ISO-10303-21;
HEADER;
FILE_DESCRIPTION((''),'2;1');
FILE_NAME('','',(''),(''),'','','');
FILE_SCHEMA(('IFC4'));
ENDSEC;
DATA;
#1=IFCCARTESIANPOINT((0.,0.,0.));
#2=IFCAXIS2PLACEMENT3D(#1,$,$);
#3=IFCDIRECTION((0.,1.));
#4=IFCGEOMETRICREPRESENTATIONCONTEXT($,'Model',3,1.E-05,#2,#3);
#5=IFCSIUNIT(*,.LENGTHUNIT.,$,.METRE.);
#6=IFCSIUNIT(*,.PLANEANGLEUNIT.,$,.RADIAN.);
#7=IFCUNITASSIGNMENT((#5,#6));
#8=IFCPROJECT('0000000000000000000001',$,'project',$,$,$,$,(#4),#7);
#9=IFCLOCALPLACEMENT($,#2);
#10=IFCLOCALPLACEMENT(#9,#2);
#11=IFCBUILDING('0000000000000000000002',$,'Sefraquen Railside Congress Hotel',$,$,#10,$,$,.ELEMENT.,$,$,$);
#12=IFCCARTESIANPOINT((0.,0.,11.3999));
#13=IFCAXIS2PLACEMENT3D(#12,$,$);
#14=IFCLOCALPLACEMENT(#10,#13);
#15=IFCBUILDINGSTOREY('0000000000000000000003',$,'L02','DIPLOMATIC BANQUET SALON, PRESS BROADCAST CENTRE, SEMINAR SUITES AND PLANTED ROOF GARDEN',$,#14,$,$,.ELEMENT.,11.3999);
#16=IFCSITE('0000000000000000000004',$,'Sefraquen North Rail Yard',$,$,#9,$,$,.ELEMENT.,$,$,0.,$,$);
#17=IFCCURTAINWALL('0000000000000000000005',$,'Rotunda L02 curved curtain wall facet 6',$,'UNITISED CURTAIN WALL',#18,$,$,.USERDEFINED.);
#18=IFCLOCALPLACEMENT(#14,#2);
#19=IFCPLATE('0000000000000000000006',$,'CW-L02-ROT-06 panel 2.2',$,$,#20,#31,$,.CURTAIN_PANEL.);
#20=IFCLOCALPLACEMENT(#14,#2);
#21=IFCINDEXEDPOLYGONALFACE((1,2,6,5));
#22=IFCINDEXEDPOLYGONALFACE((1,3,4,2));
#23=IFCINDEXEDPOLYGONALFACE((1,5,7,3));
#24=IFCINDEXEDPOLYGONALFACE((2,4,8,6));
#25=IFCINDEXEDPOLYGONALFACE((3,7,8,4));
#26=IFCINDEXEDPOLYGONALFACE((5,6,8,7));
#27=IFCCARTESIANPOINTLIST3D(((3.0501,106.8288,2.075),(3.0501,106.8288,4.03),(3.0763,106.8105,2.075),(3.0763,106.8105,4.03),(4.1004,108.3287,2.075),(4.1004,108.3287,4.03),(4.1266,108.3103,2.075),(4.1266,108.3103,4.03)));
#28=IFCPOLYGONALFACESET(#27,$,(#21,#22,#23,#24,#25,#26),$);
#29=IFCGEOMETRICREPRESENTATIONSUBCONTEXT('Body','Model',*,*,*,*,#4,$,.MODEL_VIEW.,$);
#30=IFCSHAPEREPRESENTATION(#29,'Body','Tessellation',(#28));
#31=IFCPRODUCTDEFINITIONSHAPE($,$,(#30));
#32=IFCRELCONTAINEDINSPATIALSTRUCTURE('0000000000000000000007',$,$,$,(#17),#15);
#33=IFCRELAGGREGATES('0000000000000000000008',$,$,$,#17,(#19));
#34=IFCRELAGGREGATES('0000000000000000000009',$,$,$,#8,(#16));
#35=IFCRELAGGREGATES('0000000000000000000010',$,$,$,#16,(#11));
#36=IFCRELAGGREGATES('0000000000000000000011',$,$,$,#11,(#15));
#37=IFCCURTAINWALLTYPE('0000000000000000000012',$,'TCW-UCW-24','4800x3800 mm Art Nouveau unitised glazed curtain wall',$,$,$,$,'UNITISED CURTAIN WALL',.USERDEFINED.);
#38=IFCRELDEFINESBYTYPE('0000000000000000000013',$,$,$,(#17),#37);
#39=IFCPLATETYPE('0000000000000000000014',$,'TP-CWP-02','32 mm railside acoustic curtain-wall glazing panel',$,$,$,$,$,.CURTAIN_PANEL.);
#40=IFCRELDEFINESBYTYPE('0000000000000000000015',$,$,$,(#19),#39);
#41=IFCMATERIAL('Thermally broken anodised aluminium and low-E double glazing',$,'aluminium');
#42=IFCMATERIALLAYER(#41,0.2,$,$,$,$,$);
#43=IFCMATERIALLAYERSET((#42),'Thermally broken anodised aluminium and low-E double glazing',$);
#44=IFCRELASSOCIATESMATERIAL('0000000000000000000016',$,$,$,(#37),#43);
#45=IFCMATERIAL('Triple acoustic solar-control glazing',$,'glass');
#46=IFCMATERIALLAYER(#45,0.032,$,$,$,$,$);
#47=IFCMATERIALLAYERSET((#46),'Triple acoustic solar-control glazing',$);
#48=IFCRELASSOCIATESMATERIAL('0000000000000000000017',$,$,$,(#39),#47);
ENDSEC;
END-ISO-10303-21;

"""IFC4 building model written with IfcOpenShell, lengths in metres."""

from ifc_helpers import new_model, si_unit, direction, frame, origin, origin_2d, place, context, subcontext, project, spatial, rectangle, extrude, material, layer, layer_set, type_object, element, aggregate, save


model = new_model("IFC4")

# Units and contexts
model_context = context("Model", 3, precision=1e-05, world=origin(), true_north=direction((0.0, 1.0)))
body_context = subcontext(model_context, "Body", "Model", "MODEL_VIEW")
ifc_project = project(units=[si_unit("LENGTHUNIT", "METRE"), si_unit("PLANEANGLEUNIT", "RADIAN")], contexts=[model_context])

# Site, building, storey
site_placement = place(None, origin())
site = spatial("IfcSite", under=ifc_project, at=site_placement, Name="Sefraquen North Rail Yard", CompositionType="ELEMENT", RefElevation=0.0)
building_placement = place(site_placement, origin())
building = spatial("IfcBuilding", under=site, at=building_placement, Name="Sefraquen Railside Congress Hotel", CompositionType="ELEMENT")
storey_placement = place(building_placement, frame((0.0, 0.0, 11.3999)))
storey = spatial("IfcBuildingStorey", under=building, at=storey_placement, Name="L02", Description="DIPLOMATIC BANQUET SALON, PRESS BROADCAST CENTRE, SEMINAR SUITES AND PLANTED ROOF GARDEN", CompositionType="ELEMENT", Elevation=11.3999)

# Curtain wall
ifc_material_1 = material(Name="Thermally broken anodised aluminium and low-E double glazing", Category="aluminium")
ifc_layer_1 = layer(ifc_material_1, 0.2)
ifc_layer_set_1 = layer_set([ifc_layer_1], Name="Thermally broken anodised aluminium and low-E double glazing")
curtain_wall_type_1 = type_object("IfcCurtainWallType", Name="TCW-UCW-24", Description="4800x3800 mm Art Nouveau unitised glazed curtain wall", ElementType="UNITISED CURTAIN WALL", PredefinedType="USERDEFINED", material=ifc_layer_set_1)
curtain_wall_1_placement = place(storey_placement, origin())
curtain_wall_1 = element("IfcCurtainWall", 1, at=curtain_wall_1_placement, inside=storey, type_object=curtain_wall_type_1, Name="Rotunda L02 curved curtain wall facet 6", ObjectType="UNITISED CURTAIN WALL", PredefinedType="USERDEFINED")

# Plate
ifc_material_2 = material(Name="Triple acoustic solar-control glazing", Category="glass")
ifc_layer_2 = layer(ifc_material_2, 0.032)
ifc_layer_set_2 = layer_set([ifc_layer_2], Name="Triple acoustic solar-control glazing")
plate_type_1 = type_object("IfcPlateType", Name="TP-CWP-02", Description="32 mm railside acoustic curtain-wall glazing panel", PredefinedType="CURTAIN_PANEL", material=ifc_layer_set_2)
plate_1_placement = place(storey_placement, frame((3.5884, 107.5696, 2.075), z_axis=(0.0, 0.0, 1.0), x_axis=(-0.573605, -0.819132, 0.0)))
plate_1 = element("IfcPlate", 2, at=plate_1_placement, type_object=plate_type_1, Name="CW-L02-ROT-06 panel 2.2", PredefinedType="CURTAIN_PANEL", context=body_context, shape_type="SweptSolid", body=[
    extrude(rectangle(XDim=1.8311, YDim=0.032, at=origin_2d()), origin(), (0.0, 0.0, 1.0), 1.9551),
])
aggregate(curtain_wall_1, [plate_1])

save(model, "model.ifc")
